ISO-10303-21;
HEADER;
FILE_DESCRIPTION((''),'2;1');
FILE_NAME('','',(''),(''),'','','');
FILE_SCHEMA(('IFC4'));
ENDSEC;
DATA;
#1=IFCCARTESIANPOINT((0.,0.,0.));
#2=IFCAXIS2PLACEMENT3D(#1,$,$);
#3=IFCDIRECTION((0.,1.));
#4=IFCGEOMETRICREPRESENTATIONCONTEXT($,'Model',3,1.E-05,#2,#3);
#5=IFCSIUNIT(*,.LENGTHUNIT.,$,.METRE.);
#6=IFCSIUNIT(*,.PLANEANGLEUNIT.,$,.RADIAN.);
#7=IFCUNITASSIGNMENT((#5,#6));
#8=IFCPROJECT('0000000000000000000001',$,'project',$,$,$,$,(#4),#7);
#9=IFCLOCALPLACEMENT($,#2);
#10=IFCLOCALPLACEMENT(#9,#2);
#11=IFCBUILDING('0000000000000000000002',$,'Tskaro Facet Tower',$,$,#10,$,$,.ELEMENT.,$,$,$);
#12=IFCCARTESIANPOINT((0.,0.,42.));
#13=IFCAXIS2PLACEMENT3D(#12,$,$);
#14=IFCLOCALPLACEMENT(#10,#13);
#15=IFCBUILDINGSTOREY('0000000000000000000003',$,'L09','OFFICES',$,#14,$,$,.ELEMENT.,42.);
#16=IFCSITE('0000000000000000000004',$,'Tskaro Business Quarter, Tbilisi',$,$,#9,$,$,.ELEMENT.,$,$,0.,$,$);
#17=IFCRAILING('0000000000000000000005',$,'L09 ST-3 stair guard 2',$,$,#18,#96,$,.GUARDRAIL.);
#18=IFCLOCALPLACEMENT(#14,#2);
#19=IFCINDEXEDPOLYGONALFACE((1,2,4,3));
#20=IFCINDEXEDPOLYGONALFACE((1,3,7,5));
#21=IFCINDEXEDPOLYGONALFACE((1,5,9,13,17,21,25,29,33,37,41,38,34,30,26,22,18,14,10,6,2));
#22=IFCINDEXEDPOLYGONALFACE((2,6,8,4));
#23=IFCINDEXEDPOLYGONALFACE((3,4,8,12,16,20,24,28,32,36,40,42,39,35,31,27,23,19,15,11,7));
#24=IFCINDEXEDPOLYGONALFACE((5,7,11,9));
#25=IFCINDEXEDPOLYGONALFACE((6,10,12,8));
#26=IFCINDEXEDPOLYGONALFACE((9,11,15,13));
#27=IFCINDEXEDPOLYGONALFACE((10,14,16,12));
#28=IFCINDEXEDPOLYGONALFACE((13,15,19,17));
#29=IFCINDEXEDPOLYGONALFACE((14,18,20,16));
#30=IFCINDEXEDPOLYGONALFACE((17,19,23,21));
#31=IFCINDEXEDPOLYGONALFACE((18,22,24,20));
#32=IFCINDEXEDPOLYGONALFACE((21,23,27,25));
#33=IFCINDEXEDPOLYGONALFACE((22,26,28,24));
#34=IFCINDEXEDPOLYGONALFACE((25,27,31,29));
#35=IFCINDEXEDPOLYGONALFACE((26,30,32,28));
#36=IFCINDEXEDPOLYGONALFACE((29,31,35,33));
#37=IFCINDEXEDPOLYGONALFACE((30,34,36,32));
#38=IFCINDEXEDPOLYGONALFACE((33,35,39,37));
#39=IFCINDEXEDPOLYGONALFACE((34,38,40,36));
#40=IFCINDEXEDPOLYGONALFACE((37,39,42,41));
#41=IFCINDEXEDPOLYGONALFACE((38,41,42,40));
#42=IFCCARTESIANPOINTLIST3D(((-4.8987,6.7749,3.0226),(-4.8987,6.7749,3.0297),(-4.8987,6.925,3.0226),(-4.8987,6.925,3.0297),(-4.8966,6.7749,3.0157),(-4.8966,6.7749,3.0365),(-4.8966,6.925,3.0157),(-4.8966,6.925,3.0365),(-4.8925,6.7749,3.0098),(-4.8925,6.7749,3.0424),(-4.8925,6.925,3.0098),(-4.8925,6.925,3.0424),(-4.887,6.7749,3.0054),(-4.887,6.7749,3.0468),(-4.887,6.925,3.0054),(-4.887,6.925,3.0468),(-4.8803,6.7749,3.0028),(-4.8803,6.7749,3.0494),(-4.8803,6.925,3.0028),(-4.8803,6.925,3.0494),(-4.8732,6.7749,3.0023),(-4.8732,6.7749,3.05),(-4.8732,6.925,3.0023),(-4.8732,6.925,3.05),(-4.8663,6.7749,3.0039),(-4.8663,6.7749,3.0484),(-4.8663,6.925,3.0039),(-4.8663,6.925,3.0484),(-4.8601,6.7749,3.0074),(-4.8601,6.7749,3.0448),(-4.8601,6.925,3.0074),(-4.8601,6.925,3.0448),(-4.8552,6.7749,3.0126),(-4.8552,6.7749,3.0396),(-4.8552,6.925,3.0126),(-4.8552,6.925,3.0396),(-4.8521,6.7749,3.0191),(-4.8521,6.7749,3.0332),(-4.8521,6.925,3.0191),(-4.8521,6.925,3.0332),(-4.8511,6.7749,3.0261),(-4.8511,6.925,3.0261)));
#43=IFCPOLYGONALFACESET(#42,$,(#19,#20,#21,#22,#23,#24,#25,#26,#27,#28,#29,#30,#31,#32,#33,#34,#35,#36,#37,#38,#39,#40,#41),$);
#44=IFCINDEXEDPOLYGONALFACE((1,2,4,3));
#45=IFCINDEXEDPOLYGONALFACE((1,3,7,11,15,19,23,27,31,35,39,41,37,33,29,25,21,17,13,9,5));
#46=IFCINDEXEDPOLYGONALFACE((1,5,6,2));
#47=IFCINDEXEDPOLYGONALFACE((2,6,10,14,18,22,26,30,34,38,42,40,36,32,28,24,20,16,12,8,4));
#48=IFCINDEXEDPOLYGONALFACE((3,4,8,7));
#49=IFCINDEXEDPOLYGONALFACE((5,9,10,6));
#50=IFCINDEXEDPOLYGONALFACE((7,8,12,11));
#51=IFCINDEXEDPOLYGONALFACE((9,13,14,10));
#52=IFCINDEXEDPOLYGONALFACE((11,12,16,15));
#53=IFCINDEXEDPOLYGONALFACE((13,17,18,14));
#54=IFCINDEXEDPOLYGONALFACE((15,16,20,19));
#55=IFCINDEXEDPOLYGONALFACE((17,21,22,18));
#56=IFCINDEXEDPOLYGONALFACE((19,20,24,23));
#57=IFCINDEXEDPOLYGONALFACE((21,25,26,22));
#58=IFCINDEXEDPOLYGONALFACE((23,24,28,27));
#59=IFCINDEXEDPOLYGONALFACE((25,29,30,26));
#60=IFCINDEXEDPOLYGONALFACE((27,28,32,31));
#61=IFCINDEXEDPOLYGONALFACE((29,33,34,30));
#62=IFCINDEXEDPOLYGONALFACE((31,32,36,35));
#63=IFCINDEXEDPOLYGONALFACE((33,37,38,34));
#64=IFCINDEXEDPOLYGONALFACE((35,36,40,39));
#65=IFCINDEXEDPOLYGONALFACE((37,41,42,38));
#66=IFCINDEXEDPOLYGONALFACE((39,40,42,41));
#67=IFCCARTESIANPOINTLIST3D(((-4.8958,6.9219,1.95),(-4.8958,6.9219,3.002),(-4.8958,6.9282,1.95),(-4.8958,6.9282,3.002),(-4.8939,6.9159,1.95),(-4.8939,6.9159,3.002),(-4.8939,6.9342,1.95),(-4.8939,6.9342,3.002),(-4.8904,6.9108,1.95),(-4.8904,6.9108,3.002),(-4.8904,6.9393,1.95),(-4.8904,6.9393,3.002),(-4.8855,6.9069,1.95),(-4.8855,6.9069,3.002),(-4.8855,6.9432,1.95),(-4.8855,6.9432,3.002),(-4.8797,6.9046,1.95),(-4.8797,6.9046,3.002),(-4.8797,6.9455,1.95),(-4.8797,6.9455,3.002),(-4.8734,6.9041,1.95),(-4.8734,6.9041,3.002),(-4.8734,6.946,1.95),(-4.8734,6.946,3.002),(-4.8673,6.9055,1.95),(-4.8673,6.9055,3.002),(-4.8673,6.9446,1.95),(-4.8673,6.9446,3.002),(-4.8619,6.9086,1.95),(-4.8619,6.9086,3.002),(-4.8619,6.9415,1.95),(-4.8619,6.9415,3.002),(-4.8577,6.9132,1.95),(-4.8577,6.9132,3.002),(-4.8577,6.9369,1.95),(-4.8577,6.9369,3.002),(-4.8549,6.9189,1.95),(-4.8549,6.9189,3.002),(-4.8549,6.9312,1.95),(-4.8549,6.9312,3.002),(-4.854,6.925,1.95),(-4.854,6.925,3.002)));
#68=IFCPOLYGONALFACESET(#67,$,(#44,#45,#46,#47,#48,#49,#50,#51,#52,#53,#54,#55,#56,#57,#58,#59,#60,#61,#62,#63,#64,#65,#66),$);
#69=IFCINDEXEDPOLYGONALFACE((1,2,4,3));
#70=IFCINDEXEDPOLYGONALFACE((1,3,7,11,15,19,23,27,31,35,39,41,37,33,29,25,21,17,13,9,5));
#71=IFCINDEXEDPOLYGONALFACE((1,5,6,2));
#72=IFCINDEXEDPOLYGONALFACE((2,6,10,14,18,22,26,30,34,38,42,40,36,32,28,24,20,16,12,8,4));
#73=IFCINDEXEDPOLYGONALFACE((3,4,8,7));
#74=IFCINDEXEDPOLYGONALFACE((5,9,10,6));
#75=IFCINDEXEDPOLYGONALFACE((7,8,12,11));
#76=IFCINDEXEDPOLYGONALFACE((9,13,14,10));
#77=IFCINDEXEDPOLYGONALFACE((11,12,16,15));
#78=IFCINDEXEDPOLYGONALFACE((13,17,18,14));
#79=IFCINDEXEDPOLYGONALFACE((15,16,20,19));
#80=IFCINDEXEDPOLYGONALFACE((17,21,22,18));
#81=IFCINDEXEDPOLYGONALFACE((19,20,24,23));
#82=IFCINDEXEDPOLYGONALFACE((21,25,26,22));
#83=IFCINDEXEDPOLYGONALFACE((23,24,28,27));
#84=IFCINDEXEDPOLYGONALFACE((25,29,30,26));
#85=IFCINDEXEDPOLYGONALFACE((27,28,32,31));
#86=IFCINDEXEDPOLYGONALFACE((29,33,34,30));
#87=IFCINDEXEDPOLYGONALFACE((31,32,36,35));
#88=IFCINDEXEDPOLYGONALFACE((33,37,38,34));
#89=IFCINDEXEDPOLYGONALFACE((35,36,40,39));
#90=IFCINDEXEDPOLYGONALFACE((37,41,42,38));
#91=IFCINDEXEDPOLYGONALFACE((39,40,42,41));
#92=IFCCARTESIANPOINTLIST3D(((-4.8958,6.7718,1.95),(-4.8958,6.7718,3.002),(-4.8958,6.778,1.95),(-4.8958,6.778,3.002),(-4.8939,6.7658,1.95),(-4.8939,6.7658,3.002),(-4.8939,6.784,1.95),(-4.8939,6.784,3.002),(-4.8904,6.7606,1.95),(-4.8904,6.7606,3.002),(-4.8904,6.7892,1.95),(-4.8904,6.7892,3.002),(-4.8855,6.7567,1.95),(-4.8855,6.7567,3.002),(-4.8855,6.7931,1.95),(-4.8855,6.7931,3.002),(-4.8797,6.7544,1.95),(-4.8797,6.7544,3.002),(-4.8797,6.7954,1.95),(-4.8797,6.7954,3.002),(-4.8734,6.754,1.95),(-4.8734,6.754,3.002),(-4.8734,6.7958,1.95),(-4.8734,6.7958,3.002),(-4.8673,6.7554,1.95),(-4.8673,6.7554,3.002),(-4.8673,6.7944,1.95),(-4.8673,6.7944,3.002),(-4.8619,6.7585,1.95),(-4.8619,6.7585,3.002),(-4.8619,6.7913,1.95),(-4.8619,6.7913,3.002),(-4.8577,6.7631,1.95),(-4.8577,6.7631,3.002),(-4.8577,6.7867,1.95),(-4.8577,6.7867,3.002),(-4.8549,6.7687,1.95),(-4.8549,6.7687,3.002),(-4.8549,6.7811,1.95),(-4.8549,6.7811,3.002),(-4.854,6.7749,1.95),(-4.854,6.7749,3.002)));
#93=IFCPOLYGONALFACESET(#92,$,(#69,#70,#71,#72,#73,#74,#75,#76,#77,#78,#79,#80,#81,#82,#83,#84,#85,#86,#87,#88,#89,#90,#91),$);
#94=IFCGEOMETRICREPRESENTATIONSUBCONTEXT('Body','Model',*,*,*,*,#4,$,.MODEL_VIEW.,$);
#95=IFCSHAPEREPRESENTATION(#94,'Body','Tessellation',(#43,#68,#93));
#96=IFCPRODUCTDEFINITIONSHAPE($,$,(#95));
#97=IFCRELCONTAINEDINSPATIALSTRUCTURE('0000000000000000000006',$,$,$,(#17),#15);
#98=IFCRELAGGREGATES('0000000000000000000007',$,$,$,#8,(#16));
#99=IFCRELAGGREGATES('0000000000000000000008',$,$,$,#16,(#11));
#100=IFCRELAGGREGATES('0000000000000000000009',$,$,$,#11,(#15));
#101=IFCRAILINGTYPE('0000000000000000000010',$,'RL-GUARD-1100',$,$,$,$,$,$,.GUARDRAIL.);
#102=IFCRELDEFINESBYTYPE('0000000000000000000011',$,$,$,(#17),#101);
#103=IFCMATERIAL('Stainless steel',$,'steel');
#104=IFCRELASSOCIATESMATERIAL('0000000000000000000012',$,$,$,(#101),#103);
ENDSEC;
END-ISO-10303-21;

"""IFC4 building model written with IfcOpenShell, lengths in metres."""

from ifc_helpers import new_model, si_unit, direction, frame, origin, origin_2d, place, context, subcontext, project, spatial, circle, extrude, material, type_object, element, save


model = new_model("IFC4")

# Units and contexts
model_context = context("Model", 3, precision=1e-05, world=origin(), true_north=direction((0.0, 1.0)))
body_context = subcontext(model_context, "Body", "Model", "MODEL_VIEW")
ifc_project = project(units=[si_unit("LENGTHUNIT", "METRE"), si_unit("PLANEANGLEUNIT", "RADIAN")], contexts=[model_context])

# Site, building, storey
site_placement = place(None, origin())
site = spatial("IfcSite", under=ifc_project, at=site_placement, Name="Tskaro Business Quarter, Tbilisi", CompositionType="ELEMENT", RefElevation=0.0)
building_placement = place(site_placement, origin())
building = spatial("IfcBuilding", under=site, at=building_placement, Name="Tskaro Facet Tower", CompositionType="ELEMENT")
storey_placement = place(building_placement, frame((0.0, 0.0, 42.0)))
storey = spatial("IfcBuildingStorey", under=building, at=storey_placement, Name="L09", Description="OFFICES", CompositionType="ELEMENT", Elevation=42.0)

# Railing
ifc_material_1 = material(Name="Stainless steel", Category="steel")
railing_type_1 = type_object("IfcRailingType", Name="RL-GUARD-1100", PredefinedType="GUARDRAIL", material=ifc_material_1)
railing_1_placement = place(storey_placement, frame((-4.875, 6.925, 1.95)))
element("IfcRailing", 1, at=railing_1_placement, inside=storey, type_object=railing_type_1, Name="L09 ST-3 stair guard 2", PredefinedType="GUARDRAIL", context=body_context, shape_type="SweptSolid", body=[
    extrude(circle(Radius=0.0239, at=origin_2d()), frame((0.0, 0.0, 1.0762), z_axis=(0.0, -1.0, 0.0), x_axis=(1.0, 0.0, 0.0)), (0.0, 0.0, 1.0), 0.1501),
    extrude(circle(Radius=0.021, at=origin_2d()), origin(), (0.0, 0.0, 1.0), 1.052),
    extrude(circle(Radius=0.021, at=origin_2d()), frame((0.0, -0.1501, 0.0)), (0.0, 0.0, 1.0), 1.052),
])

save(model, "model.ifc")
